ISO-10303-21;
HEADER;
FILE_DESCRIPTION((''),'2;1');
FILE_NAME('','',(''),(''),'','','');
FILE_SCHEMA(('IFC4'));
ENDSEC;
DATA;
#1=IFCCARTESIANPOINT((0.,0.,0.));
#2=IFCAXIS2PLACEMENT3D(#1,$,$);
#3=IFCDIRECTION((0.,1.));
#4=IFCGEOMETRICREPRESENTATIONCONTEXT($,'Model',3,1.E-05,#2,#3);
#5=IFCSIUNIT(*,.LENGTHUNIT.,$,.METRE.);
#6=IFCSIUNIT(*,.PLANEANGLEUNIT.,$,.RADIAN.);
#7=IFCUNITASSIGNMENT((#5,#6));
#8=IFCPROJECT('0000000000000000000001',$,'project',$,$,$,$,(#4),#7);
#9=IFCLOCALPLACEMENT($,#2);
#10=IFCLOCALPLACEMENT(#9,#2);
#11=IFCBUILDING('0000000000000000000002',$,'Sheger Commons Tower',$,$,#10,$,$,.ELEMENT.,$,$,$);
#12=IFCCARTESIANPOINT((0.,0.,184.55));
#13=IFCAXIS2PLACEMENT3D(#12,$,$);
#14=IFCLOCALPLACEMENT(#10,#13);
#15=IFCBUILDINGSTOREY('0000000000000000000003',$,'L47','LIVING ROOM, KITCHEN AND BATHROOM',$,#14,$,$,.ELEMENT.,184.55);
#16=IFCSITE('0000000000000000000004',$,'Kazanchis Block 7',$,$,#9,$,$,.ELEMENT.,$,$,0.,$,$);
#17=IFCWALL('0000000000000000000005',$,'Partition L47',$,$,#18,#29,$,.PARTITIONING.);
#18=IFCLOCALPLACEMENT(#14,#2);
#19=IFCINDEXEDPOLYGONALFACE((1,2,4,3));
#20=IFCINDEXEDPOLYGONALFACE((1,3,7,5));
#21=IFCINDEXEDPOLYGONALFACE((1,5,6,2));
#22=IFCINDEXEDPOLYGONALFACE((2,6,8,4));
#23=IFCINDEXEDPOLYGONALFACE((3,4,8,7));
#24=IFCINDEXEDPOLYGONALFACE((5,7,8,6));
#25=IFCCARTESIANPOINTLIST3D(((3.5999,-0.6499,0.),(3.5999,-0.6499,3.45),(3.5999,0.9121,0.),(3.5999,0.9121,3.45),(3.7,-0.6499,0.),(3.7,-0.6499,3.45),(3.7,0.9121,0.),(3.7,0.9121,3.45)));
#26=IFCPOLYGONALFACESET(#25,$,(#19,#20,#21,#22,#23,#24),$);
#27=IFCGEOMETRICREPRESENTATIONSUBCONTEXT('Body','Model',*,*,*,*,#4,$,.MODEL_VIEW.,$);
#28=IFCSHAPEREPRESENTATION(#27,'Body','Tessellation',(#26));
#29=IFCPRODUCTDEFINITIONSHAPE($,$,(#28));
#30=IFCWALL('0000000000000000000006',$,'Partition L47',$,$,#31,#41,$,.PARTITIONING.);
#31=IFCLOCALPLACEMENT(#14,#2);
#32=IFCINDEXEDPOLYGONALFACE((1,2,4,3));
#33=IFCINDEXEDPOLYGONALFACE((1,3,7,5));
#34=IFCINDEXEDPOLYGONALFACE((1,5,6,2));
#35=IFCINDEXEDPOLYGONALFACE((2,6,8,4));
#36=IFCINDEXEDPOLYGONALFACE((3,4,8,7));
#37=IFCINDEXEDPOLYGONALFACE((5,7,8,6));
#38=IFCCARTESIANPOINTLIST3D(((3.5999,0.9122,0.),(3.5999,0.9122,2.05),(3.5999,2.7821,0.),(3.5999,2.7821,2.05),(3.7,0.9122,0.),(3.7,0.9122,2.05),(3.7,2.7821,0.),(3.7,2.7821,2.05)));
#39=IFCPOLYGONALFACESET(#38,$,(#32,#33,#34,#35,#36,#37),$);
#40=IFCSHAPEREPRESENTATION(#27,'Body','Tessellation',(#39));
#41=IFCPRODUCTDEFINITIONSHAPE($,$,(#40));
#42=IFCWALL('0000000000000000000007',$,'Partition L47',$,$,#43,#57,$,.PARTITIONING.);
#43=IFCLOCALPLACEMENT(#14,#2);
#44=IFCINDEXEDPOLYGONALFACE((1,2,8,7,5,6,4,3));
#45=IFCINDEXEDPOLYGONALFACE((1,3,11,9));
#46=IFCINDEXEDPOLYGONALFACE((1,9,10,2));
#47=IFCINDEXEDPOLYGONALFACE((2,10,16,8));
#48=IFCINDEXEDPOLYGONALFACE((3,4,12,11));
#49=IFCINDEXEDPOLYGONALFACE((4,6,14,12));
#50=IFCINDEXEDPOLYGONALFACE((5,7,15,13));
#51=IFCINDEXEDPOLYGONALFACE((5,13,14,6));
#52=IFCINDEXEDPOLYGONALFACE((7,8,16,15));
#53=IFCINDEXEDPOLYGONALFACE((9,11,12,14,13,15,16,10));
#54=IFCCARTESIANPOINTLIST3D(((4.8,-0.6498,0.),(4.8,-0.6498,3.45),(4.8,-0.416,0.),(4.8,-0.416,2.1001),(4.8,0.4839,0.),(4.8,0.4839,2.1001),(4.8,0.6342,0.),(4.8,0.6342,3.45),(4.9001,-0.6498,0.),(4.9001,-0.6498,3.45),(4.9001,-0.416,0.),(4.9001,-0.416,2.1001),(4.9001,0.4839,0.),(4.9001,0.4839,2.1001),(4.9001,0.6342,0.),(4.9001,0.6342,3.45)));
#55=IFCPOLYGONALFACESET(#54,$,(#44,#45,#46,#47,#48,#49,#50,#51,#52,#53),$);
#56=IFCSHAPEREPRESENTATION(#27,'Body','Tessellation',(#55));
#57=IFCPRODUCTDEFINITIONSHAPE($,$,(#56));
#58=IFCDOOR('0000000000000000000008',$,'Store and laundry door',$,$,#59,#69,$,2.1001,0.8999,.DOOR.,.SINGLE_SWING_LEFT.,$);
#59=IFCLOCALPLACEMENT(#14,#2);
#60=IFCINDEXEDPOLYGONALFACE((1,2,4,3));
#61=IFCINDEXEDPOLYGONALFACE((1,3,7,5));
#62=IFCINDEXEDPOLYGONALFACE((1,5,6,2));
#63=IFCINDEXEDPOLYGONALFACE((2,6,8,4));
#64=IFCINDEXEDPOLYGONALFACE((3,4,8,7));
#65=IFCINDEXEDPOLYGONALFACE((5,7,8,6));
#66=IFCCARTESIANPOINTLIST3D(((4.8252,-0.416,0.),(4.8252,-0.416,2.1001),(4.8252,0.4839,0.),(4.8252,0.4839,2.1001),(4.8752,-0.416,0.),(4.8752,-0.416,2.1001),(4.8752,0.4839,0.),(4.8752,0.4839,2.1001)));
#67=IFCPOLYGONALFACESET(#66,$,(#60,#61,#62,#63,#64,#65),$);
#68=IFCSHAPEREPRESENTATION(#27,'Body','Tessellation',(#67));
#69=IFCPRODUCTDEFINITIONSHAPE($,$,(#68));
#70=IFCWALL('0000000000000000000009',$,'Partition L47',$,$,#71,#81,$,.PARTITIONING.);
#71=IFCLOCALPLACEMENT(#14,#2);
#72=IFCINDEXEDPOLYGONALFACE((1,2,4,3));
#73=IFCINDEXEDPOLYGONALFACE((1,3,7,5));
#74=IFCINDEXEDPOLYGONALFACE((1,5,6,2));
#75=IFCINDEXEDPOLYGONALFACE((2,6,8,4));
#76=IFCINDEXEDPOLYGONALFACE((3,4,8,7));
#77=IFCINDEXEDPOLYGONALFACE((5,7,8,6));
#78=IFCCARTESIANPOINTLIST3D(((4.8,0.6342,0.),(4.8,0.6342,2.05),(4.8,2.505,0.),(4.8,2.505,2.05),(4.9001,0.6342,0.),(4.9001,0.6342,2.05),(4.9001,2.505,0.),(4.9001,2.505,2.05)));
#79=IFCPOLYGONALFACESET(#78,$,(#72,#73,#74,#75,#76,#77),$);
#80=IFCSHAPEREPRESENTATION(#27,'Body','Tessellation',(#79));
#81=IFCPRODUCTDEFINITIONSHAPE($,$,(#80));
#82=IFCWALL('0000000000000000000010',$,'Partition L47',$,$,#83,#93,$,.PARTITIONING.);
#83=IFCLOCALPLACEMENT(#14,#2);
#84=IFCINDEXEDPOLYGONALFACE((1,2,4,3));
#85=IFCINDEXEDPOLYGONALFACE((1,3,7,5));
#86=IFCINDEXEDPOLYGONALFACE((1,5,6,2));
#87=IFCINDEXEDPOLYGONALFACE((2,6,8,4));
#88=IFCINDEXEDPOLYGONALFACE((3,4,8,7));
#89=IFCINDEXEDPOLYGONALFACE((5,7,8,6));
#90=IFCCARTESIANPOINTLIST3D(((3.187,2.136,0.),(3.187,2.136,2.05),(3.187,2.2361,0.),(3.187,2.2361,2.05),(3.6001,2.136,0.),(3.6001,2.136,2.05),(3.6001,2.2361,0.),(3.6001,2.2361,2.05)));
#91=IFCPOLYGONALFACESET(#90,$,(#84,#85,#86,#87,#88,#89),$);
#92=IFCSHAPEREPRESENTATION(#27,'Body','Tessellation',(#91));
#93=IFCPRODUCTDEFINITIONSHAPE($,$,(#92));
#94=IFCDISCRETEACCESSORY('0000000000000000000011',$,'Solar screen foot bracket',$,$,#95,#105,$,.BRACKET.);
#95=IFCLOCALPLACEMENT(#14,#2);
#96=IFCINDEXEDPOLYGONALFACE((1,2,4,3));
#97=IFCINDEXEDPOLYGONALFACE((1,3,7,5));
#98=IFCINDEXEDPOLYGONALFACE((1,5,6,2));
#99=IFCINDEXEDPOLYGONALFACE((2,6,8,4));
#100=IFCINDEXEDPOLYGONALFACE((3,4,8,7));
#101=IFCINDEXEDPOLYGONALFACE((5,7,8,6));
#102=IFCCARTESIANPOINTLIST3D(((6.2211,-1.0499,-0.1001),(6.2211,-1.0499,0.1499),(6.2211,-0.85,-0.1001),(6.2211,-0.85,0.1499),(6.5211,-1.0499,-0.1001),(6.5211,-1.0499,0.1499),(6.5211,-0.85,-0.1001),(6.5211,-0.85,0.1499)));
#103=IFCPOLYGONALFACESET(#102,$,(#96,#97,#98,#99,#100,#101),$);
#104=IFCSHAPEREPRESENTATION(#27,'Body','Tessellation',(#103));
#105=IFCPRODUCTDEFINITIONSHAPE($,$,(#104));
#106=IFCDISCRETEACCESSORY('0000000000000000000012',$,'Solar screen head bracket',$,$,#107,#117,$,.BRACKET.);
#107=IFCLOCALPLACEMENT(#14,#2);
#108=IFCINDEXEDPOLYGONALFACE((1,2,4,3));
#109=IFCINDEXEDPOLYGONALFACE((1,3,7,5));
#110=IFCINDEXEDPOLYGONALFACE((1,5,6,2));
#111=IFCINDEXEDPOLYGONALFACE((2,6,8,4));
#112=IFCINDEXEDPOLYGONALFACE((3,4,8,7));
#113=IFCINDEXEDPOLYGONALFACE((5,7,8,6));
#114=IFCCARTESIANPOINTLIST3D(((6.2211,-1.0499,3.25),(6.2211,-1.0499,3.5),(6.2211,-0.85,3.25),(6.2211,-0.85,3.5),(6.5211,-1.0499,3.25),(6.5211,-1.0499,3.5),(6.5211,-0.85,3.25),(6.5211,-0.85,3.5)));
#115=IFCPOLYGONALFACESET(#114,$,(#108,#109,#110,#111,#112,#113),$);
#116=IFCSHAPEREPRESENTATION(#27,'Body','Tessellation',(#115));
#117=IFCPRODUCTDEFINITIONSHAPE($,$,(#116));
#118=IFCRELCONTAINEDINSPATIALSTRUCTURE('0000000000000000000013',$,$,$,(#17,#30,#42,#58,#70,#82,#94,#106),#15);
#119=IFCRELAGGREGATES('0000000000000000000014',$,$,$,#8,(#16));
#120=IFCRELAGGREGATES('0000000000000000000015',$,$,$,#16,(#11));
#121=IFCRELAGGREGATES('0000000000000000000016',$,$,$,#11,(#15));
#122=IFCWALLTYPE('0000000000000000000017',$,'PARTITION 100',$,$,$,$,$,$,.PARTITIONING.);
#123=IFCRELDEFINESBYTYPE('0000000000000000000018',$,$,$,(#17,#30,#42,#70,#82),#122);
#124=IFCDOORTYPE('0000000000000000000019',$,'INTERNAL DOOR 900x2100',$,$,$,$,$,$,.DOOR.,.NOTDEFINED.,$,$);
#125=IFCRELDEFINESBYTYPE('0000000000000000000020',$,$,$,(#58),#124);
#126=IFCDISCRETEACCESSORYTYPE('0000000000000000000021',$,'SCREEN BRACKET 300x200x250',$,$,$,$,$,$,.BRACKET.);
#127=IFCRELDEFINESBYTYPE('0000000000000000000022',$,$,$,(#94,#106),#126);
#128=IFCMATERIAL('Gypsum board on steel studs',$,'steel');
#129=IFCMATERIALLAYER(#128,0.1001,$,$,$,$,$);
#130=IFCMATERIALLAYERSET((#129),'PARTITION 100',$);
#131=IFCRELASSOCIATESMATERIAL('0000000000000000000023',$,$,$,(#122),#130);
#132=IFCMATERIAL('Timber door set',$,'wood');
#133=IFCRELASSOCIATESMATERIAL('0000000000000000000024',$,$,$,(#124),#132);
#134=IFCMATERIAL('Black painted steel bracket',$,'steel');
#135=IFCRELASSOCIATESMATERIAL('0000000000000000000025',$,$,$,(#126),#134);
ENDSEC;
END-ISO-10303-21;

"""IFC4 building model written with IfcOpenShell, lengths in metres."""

from ifc_helpers import new_model, si_unit, direction, frame, frame_2d, origin, origin_2d, place, context, subcontext, project, spatial, rectangle, extrude, material, layer, layer_set, type_object, element, fill, save


model = new_model("IFC4")

# Units and contexts
model_context = context("Model", 3, precision=1e-05, world=origin(), true_north=direction((0.0, 1.0)))
body_context = subcontext(model_context, "Body", "Model", "MODEL_VIEW")
ifc_project = project(units=[si_unit("LENGTHUNIT", "METRE"), si_unit("PLANEANGLEUNIT", "RADIAN")], contexts=[model_context])

# Site, building, storey
site_placement = place(None, origin())
site = spatial("IfcSite", under=ifc_project, at=site_placement, Name="Kazanchis Block 7", CompositionType="ELEMENT", RefElevation=0.0)
building_placement = place(site_placement, origin())
building = spatial("IfcBuilding", under=site, at=building_placement, Name="Sheger Commons Tower", CompositionType="ELEMENT")
storey_placement = place(building_placement, frame((0.0, 0.0, 184.55)))
storey = spatial("IfcBuildingStorey", under=building, at=storey_placement, Name="L47", Description="LIVING ROOM, KITCHEN AND BATHROOM", CompositionType="ELEMENT", Elevation=184.55)

# Walls
ifc_material_1 = material(Name="Gypsum board on steel studs", Category="steel")
ifc_layer_1 = layer(ifc_material_1, 0.1001)
ifc_layer_set_1 = layer_set([ifc_layer_1], Name="PARTITION 100")
wall_type_1 = type_object("IfcWallType", Name="PARTITION 100", PredefinedType="PARTITIONING", material=ifc_layer_set_1)
wall_1_placement = place(storey_placement, frame((3.6499, -0.6499, 0.0), z_axis=(0.0, 0.0, 1.0), x_axis=(0.0, 1.0, 0.0)))
element("IfcWall", 1, at=wall_1_placement, inside=storey, type_object=wall_type_1, Name="Partition L47", PredefinedType="PARTITIONING", context=body_context, shape_type="SweptSolid", body=[
    extrude(rectangle(XDim=1.562, YDim=0.1001, at=frame_2d((0.781, 0.0))), origin(), (0.0, 0.0, 1.0), 3.45),
])
wall_2_placement = place(storey_placement, frame((3.6499, 0.9121, 0.0), z_axis=(0.0, 0.0, 1.0), x_axis=(0.0, 1.0, 0.0)))
element("IfcWall", 2, at=wall_2_placement, inside=storey, type_object=wall_type_1, Name="Partition L47", PredefinedType="PARTITIONING", context=body_context, shape_type="SweptSolid", body=[
    extrude(rectangle(XDim=1.8699, YDim=0.1001, at=frame_2d((0.9351, 0.0))), origin(), (0.0, 0.0, 1.0), 2.05),
])

# Wall, opening, door
wall_3_placement = place(storey_placement, frame((4.8501, -0.6499, 0.0), z_axis=(0.0, 0.0, 1.0), x_axis=(0.0, 1.0, 0.0)))
wall_3 = element("IfcWall", 3, at=wall_3_placement, inside=storey, type_object=wall_type_1, Name="Partition L47", PredefinedType="PARTITIONING", context=body_context, shape_type="SweptSolid", body=[
    extrude(rectangle(XDim=1.2839, YDim=0.1001, at=frame_2d((0.6421, 0.0))), origin(), (0.0, 0.0, 1.0), 3.45),
])
opening_1_placement = place(wall_3_placement, frame((0.2339, 0.0, 0.0)))
opening_1 = element("IfcOpeningElement", 4, at=opening_1_placement, cuts=wall_3, PredefinedType="OPENING", context=body_context, shape_type="SweptSolid", body=[
    extrude(rectangle(XDim=0.8999, YDim=2.1001, at=frame_2d((0.45, 1.05))), frame((0.0, 0.0601, 0.0), z_axis=(0.0, -1.0, 0.0), x_axis=(1.0, 0.0, 0.0)), (0.0, 0.0, 1.0), 0.1201),
])
ifc_material_2 = material(Name="Timber door set", Category="wood")
door_type = type_object("IfcDoorType", Name="INTERNAL DOOR 900x2100", OperationType="NOTDEFINED", PredefinedType="DOOR", material=ifc_material_2)
door_placement = place(opening_1_placement, origin())
door = element("IfcDoor", 5, at=door_placement, inside=storey, type_object=door_type, Name="Store and laundry door", OperationType="SINGLE_SWING_LEFT", OverallHeight=2.1001, OverallWidth=0.8999, PredefinedType="DOOR", context=body_context, shape_type="SweptSolid", body=[
    extrude(rectangle(XDim=0.8999, YDim=2.1001, at=frame_2d((0.45, 1.05))), frame((0.0, 0.0249, 0.0), z_axis=(0.0, -1.0, 0.0), x_axis=(1.0, 0.0, 0.0)), (0.0, 0.0, 1.0), 0.05),
])
fill(opening_1, door)

# Walls
wall_4_placement = place(storey_placement, frame((4.8501, 0.634, 0.0), z_axis=(0.0, 0.0, 1.0), x_axis=(0.0, 1.0, 0.0)))
element("IfcWall", 6, at=wall_4_placement, inside=storey, type_object=wall_type_1, Name="Partition L47", PredefinedType="PARTITIONING", context=body_context, shape_type="SweptSolid", body=[
    extrude(rectangle(XDim=1.8708, YDim=0.1001, at=frame_2d((0.9355, 0.0))), origin(), (0.0, 0.0, 1.0), 2.05),
])
wall_5_placement = place(storey_placement, frame((3.187, 2.186, 0.0), z_axis=(0.0, 0.0, 1.0), x_axis=(1.0, 0.0, 0.0)))
element("IfcWall", 7, at=wall_5_placement, inside=storey, type_object=wall_type_1, Name="Partition L47", PredefinedType="PARTITIONING", context=body_context, shape_type="SweptSolid", body=[
    extrude(rectangle(XDim=0.4131, YDim=0.1001, at=frame_2d((0.2065, 0.0))), origin(), (0.0, 0.0, 1.0), 2.05),
])

# Discrete accessories
ifc_material_3 = material(Name="Black painted steel bracket", Category="steel")
discrete_accessory_type = type_object("IfcDiscreteAccessoryType", Name="SCREEN BRACKET 300x200x250", PredefinedType="BRACKET", material=ifc_material_3)
for number, where, z_axis, x_axis, name in (
    (8, (6.3711, -0.95, -0.1001), (0.0, 0.0, 1.0), (1.0, 0.0, 0.0), "Solar screen foot bracket"),
    (9, (6.3711, -0.95, 3.25), (0.0, 0.0, 1.0), (1.0, 0.0, 0.0), "Solar screen head bracket"),
):
    element("IfcDiscreteAccessory", number, at=place(storey_placement, frame(where, z_axis=z_axis, x_axis=x_axis)), inside=storey, type_object=discrete_accessory_type, Name=name, PredefinedType="BRACKET", context=body_context, shape_type="SweptSolid", body=[
        extrude(rectangle(XDim=0.3, YDim=0.2, at=origin_2d()), origin(), (0.0, 0.0, 1.0), 0.25),
    ])

save(model, "model.ifc")
